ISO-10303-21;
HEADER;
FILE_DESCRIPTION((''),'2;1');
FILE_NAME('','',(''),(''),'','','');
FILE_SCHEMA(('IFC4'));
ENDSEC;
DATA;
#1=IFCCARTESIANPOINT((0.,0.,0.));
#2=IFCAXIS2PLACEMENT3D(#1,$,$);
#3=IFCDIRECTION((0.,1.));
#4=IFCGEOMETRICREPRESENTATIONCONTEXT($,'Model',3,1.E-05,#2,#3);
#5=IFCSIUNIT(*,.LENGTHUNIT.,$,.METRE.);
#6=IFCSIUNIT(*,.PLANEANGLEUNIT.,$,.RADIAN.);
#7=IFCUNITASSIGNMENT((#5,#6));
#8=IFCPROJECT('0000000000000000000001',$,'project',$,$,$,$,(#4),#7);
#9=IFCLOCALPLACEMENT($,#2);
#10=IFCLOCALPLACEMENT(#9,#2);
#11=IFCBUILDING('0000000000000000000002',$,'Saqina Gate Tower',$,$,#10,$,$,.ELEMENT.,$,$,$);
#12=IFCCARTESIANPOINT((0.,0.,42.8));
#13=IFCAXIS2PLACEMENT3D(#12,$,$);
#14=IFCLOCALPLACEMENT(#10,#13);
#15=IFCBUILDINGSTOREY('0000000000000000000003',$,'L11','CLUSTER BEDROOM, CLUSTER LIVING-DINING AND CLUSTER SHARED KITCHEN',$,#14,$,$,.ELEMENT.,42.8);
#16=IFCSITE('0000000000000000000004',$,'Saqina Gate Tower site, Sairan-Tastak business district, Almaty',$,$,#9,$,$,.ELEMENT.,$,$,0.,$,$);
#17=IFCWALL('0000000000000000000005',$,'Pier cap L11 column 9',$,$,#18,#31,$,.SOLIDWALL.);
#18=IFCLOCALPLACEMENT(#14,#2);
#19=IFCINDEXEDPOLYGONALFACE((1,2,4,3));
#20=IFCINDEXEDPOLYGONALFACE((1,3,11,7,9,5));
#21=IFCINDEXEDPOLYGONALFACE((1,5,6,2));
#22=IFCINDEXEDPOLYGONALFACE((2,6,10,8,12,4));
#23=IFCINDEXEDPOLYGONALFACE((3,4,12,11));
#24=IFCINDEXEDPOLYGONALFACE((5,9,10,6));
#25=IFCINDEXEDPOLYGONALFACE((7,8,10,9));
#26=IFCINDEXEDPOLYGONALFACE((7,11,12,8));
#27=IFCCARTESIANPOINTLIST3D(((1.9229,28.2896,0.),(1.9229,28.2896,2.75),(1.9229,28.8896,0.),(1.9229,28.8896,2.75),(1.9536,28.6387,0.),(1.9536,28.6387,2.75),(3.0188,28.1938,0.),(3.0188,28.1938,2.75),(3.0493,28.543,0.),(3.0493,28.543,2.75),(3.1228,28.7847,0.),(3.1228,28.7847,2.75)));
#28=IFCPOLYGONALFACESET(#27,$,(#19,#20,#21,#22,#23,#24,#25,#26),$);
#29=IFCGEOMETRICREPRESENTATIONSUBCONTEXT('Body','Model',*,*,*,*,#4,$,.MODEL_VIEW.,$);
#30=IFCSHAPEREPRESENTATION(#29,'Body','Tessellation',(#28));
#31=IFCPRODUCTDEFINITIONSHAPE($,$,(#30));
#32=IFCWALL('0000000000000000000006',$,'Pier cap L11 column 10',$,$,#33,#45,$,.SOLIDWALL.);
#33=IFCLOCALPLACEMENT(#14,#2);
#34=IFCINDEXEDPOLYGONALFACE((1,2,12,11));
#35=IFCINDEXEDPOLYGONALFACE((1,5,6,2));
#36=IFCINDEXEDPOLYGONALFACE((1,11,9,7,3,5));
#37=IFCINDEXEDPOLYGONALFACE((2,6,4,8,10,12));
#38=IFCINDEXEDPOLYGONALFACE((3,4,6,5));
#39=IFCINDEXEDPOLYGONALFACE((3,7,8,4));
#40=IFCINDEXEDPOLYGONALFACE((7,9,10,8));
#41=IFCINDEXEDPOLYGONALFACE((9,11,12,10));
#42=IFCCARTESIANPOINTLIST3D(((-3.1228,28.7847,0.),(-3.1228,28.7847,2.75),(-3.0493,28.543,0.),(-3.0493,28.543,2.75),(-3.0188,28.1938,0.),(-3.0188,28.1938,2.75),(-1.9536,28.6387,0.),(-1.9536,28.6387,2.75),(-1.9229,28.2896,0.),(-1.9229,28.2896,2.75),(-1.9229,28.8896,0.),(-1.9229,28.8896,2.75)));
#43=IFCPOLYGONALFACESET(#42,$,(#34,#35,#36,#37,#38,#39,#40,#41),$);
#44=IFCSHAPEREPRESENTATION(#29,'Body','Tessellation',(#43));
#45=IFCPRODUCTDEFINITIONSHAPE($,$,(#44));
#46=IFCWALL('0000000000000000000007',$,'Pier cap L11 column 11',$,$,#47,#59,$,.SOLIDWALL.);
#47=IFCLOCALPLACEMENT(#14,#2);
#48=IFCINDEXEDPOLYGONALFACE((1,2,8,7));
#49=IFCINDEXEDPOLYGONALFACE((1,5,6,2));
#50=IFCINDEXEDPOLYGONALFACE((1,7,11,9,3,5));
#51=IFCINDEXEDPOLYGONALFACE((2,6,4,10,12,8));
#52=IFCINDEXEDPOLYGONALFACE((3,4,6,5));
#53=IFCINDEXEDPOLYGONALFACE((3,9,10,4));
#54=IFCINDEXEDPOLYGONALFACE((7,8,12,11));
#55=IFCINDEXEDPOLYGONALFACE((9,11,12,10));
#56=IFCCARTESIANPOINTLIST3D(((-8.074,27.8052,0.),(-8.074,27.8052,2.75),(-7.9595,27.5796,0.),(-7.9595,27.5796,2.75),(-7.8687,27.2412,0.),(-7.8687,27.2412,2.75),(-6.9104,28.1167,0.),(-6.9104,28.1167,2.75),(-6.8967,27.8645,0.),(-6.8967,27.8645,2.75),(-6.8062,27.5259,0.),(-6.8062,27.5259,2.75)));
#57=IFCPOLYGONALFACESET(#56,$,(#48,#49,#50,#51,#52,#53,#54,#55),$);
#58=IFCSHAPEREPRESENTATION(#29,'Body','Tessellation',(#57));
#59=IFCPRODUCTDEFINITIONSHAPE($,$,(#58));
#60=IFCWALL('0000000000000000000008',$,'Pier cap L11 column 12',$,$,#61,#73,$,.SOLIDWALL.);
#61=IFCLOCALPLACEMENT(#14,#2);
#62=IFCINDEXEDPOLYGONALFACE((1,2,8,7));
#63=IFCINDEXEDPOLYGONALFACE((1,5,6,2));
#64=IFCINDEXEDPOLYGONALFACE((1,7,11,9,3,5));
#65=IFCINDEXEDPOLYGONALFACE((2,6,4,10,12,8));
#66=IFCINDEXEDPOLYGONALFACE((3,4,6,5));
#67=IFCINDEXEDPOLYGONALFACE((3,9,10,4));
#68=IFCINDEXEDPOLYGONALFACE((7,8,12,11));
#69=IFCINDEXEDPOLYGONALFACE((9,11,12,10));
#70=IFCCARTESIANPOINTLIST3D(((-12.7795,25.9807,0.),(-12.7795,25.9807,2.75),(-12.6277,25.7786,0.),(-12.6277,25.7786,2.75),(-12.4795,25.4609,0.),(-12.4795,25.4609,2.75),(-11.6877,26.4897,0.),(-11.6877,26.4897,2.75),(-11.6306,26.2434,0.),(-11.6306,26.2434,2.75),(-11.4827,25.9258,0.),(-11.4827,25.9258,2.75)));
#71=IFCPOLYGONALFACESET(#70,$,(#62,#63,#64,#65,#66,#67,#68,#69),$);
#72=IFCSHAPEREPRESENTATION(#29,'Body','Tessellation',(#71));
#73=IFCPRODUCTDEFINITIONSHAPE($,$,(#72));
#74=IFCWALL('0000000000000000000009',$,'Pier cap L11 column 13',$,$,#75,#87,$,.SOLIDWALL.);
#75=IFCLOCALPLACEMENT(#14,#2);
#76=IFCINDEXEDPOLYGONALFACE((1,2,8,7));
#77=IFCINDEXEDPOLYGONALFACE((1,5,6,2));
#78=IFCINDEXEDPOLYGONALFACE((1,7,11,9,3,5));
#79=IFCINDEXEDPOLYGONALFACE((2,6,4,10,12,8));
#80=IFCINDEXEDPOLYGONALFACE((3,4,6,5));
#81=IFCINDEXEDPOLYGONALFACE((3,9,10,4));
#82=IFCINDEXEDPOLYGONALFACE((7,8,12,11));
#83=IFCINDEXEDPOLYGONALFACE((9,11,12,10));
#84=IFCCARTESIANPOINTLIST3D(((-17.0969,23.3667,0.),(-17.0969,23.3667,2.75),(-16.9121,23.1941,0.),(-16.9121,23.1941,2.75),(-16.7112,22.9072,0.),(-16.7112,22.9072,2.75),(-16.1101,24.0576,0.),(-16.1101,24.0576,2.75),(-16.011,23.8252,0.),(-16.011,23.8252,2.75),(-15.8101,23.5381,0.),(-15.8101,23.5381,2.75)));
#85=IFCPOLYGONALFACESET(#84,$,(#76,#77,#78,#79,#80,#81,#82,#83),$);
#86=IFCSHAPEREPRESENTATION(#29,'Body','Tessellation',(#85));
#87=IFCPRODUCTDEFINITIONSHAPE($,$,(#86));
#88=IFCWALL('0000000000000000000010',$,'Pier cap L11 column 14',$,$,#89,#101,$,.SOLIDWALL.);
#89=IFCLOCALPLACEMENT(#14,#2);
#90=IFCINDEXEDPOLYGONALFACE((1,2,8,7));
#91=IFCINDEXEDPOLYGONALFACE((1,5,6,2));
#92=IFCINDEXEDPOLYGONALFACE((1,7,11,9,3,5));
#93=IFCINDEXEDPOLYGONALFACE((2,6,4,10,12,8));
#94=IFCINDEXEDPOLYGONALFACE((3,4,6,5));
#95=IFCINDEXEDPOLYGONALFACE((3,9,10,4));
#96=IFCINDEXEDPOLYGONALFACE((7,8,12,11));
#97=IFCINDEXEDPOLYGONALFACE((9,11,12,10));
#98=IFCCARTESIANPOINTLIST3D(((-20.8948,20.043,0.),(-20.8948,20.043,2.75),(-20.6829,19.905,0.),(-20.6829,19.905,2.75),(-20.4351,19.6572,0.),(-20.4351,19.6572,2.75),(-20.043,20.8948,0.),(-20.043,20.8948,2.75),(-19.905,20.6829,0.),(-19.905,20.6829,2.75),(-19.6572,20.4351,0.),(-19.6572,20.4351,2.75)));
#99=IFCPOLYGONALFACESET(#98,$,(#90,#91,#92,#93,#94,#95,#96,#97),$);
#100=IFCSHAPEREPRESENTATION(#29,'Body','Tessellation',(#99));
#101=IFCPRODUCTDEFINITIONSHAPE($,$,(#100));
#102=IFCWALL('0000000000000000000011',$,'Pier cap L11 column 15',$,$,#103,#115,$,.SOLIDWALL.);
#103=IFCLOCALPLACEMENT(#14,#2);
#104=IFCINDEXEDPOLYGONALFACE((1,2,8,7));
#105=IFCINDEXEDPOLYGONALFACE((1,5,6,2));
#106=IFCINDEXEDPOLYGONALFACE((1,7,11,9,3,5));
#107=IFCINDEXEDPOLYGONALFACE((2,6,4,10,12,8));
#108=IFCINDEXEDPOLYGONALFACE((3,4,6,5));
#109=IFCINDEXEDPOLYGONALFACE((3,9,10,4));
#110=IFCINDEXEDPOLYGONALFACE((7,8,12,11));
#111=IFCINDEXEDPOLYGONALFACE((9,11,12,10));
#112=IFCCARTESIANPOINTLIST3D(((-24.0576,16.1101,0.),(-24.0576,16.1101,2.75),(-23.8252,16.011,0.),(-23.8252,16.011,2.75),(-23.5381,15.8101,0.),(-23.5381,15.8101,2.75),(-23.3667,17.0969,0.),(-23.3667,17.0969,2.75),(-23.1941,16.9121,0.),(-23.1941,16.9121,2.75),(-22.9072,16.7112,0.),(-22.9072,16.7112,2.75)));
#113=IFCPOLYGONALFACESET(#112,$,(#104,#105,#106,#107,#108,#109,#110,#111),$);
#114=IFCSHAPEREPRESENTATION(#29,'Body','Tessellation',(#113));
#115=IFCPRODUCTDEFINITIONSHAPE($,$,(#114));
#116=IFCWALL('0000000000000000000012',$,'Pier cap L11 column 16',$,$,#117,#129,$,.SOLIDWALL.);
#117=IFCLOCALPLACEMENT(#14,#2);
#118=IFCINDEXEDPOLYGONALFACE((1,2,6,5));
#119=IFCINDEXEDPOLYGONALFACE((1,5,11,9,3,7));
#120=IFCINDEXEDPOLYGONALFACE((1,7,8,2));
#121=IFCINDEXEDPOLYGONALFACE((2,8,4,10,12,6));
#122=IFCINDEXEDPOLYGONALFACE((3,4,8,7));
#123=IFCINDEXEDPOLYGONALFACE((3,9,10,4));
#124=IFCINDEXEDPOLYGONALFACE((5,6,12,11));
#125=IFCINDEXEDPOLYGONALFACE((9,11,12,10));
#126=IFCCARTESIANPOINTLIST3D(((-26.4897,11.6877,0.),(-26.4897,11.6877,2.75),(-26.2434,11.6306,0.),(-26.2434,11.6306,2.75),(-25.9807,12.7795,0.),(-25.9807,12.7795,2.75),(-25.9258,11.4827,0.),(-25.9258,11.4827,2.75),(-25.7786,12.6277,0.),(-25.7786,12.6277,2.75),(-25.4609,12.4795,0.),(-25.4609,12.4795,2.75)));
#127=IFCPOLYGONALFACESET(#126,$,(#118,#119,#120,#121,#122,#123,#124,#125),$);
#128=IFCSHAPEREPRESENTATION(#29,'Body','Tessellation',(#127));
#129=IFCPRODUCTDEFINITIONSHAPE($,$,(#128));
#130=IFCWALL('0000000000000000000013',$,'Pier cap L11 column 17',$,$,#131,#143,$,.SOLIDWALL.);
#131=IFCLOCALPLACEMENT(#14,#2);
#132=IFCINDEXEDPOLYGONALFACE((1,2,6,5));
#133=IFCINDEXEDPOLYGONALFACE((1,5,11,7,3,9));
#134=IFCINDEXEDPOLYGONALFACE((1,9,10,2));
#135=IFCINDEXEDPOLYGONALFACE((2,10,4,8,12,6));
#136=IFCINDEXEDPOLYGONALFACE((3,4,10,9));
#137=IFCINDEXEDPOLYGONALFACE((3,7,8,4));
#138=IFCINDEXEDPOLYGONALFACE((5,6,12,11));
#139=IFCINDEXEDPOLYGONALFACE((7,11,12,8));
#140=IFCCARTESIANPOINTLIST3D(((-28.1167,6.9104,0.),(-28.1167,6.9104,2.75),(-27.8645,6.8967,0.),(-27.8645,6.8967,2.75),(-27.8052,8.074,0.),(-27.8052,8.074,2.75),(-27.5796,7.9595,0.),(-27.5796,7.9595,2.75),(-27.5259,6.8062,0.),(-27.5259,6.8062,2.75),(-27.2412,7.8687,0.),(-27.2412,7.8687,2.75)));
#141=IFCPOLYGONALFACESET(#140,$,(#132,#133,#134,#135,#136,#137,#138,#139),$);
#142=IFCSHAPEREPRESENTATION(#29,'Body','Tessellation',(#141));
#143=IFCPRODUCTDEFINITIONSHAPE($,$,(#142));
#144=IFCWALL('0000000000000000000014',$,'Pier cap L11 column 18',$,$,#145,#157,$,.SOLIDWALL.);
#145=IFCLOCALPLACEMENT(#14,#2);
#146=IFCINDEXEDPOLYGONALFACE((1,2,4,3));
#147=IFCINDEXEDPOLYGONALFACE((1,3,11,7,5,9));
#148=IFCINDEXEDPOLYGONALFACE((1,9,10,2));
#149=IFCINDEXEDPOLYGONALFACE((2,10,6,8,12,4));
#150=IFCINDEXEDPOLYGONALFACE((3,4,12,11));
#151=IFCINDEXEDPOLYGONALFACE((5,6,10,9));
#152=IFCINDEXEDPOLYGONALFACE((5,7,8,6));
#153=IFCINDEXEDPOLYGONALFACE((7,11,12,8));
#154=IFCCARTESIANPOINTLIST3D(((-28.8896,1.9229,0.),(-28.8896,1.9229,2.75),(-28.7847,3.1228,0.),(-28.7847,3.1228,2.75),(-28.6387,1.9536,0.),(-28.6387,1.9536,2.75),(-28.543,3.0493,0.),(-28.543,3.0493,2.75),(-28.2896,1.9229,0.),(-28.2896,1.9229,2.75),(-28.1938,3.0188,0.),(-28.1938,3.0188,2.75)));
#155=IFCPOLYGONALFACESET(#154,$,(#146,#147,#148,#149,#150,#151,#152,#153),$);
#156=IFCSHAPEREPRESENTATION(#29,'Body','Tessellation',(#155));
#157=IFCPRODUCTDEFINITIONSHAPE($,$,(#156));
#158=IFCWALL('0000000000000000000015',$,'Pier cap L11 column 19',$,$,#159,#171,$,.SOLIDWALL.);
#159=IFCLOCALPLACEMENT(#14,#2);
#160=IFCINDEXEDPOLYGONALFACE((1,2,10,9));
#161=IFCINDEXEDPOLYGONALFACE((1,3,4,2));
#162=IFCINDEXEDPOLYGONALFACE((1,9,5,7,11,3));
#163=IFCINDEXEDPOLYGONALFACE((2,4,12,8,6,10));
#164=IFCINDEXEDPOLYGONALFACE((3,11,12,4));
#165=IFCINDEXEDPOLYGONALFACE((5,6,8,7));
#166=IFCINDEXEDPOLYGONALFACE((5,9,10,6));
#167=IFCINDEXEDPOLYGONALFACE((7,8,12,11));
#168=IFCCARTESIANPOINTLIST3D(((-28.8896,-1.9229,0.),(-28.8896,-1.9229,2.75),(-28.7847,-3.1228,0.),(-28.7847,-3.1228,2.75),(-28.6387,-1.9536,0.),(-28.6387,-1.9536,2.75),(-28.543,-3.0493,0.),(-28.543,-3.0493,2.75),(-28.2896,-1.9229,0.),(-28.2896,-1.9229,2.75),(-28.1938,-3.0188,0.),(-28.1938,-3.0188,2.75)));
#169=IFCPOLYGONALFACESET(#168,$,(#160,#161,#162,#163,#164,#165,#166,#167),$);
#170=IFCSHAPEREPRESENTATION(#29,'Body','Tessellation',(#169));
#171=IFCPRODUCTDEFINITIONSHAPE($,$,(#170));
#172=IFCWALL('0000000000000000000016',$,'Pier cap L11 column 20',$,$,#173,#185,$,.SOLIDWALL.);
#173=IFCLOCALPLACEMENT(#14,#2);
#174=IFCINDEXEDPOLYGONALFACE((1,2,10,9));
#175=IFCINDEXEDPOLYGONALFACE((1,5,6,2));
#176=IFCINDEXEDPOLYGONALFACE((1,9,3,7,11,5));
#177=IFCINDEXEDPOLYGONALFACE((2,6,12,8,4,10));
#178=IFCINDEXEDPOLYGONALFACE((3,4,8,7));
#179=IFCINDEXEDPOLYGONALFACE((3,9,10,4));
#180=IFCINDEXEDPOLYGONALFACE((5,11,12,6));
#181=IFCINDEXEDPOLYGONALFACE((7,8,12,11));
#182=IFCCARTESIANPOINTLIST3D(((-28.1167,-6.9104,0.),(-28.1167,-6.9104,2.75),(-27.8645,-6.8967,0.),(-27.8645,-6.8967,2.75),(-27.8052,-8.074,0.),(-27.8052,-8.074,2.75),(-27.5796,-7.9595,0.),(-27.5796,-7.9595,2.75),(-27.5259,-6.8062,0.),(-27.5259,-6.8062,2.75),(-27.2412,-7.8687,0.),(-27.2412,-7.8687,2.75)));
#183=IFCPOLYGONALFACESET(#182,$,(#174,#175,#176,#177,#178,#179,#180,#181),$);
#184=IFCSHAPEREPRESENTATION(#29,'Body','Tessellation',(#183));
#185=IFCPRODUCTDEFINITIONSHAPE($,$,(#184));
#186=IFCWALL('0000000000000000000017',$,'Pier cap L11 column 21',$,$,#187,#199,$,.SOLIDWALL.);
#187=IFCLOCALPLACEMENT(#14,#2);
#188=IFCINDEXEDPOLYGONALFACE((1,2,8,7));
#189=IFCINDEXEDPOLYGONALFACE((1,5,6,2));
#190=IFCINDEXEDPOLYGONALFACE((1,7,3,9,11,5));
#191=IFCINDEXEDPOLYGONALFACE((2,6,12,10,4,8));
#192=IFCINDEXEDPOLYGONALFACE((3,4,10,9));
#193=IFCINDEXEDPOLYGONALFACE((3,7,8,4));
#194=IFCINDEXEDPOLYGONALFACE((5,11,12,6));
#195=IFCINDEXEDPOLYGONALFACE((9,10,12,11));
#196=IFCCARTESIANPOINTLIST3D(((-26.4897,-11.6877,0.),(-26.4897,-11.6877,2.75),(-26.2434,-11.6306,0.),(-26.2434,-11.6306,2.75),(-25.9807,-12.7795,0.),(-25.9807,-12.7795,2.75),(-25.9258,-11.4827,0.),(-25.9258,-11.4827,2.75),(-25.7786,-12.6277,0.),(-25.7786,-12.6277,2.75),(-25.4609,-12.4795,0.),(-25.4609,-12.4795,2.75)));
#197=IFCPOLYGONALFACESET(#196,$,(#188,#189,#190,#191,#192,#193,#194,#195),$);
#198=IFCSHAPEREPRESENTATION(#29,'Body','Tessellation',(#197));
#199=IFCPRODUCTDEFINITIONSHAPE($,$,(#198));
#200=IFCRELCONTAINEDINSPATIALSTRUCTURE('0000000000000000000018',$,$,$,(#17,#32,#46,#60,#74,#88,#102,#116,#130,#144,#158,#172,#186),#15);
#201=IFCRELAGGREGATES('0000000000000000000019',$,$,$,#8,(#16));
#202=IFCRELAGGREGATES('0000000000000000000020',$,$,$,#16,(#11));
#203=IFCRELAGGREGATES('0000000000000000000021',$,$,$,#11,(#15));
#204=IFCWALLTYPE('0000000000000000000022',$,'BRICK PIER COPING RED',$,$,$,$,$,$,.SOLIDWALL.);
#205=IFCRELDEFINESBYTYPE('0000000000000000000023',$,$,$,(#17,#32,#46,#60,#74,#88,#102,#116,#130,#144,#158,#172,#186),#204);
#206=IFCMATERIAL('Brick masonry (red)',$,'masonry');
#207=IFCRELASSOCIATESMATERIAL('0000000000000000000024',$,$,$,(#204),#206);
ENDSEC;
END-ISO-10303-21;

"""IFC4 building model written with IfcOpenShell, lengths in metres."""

from ifc_helpers import new_model, si_unit, direction, frame, origin, place, context, subcontext, project, spatial, polyline, outline, extrude, material, type_object, element, save


model = new_model("IFC4")

# Units and contexts
model_context = context("Model", 3, precision=1e-05, world=origin(), true_north=direction((0.0, 1.0)))
body_context = subcontext(model_context, "Body", "Model", "MODEL_VIEW")
ifc_project = project(units=[si_unit("LENGTHUNIT", "METRE"), si_unit("PLANEANGLEUNIT", "RADIAN")], contexts=[model_context])

# Site, building, storey
site_placement = place(None, origin())
site = spatial("IfcSite", under=ifc_project, at=site_placement, Name="Saqina Gate Tower site, Sairan-Tastak business district, Almaty", CompositionType="ELEMENT", RefElevation=0.0)
building_placement = place(site_placement, origin())
building = spatial("IfcBuilding", under=site, at=building_placement, Name="Saqina Gate Tower", CompositionType="ELEMENT")
storey_placement = place(building_placement, frame((0.0, 0.0, 42.8)))
storey = spatial("IfcBuildingStorey", under=building, at=storey_placement, Name="L11", Description="CLUSTER BEDROOM, CLUSTER LIVING-DINING AND CLUSTER SHARED KITCHEN", CompositionType="ELEMENT", Elevation=42.8)

# Walls
ifc_material = material(Name="Brick masonry (red)", Category="masonry")
wall_type = type_object("IfcWallType", Name="BRICK PIER COPING RED", PredefinedType="SOLIDWALL", material=ifc_material)
wall_1_placement = place(storey_placement, origin())
element("IfcWall", 1, at=wall_1_placement, inside=storey, type_object=wall_type, Name="Pier cap L11 column 9", PredefinedType="SOLIDWALL", context=body_context, shape_type="SweptSolid", body=[
    extrude(outline(polyline([(3.1228, 28.7847), (1.9229, 28.8896), (1.9229, 28.2896), (1.9536, 28.6387), (3.0493, 28.543), (3.0188, 28.1938), (3.1228, 28.7847)])), origin(), (0.0, 0.0, 1.0), 2.75),
])
wall_2_placement = place(storey_placement, origin())
element("IfcWall", 2, at=wall_2_placement, inside=storey, type_object=wall_type, Name="Pier cap L11 column 10", PredefinedType="SOLIDWALL", context=body_context, shape_type="SweptSolid", body=[
    extrude(outline(polyline([(-1.9229, 28.8896), (-3.1228, 28.7847), (-3.0188, 28.1938), (-3.0493, 28.543), (-1.9536, 28.6387), (-1.9229, 28.2896), (-1.9229, 28.8896)])), origin(), (0.0, 0.0, 1.0), 2.75),
])
wall_3_placement = place(storey_placement, origin())
element("IfcWall", 3, at=wall_3_placement, inside=storey, type_object=wall_type, Name="Pier cap L11 column 11", PredefinedType="SOLIDWALL", context=body_context, shape_type="SweptSolid", body=[
    extrude(outline(polyline([(-6.9104, 28.1167), (-8.074, 27.8052), (-7.8687, 27.2412), (-7.9595, 27.5796), (-6.8967, 27.8645), (-6.8062, 27.5259), (-6.9104, 28.1167)])), origin(), (0.0, 0.0, 1.0), 2.75),
])
wall_4_placement = place(storey_placement, origin())
element("IfcWall", 4, at=wall_4_placement, inside=storey, type_object=wall_type, Name="Pier cap L11 column 12", PredefinedType="SOLIDWALL", context=body_context, shape_type="SweptSolid", body=[
    extrude(outline(polyline([(-12.7795, 25.9807), (-12.4795, 25.4609), (-12.6277, 25.7786), (-11.6306, 26.2434), (-11.4827, 25.9258), (-11.6877, 26.4897), (-12.7795, 25.9807)])), origin(), (0.0, 0.0, 1.0), 2.75),
])
wall_5_placement = place(storey_placement, origin())
element("IfcWall", 5, at=wall_5_placement, inside=storey, type_object=wall_type, Name="Pier cap L11 column 13", PredefinedType="SOLIDWALL", context=body_context, shape_type="SweptSolid", body=[
    extrude(outline(polyline([(-16.1101, 24.0576), (-17.0969, 23.3667), (-16.7112, 22.9072), (-16.9121, 23.1941), (-16.011, 23.8252), (-15.8101, 23.5381), (-16.1101, 24.0576)])), origin(), (0.0, 0.0, 1.0), 2.75),
])
wall_6_placement = place(storey_placement, origin())
element("IfcWall", 6, at=wall_6_placement, inside=storey, type_object=wall_type, Name="Pier cap L11 column 14", PredefinedType="SOLIDWALL", context=body_context, shape_type="SweptSolid", body=[
    extrude(outline(polyline([(-20.8948, 20.043), (-20.4351, 19.6572), (-20.6829, 19.905), (-19.905, 20.6829), (-19.6572, 20.4351), (-20.043, 20.8948), (-20.8948, 20.043)])), origin(), (0.0, 0.0, 1.0), 2.75),
])
wall_7_placement = place(storey_placement, origin())
element("IfcWall", 7, at=wall_7_placement, inside=storey, type_object=wall_type, Name="Pier cap L11 column 15", PredefinedType="SOLIDWALL", context=body_context, shape_type="SweptSolid", body=[
    extrude(outline(polyline([(-23.3667, 17.0969), (-24.0576, 16.1101), (-23.5381, 15.8101), (-23.8252, 16.011), (-23.1941, 16.9121), (-22.9072, 16.7112), (-23.3667, 17.0969)])), origin(), (0.0, 0.0, 1.0), 2.75),
])
wall_8_placement = place(storey_placement, origin())
element("IfcWall", 8, at=wall_8_placement, inside=storey, type_object=wall_type, Name="Pier cap L11 column 16", PredefinedType="SOLIDWALL", context=body_context, shape_type="SweptSolid", body=[
    extrude(outline(polyline([(-26.4897, 11.6877), (-25.9258, 11.4827), (-26.2434, 11.6306), (-25.7786, 12.6277), (-25.4609, 12.4795), (-25.9807, 12.7795), (-26.4897, 11.6877)])), origin(), (0.0, 0.0, 1.0), 2.75),
])
wall_9_placement = place(storey_placement, origin())
element("IfcWall", 9, at=wall_9_placement, inside=storey, type_object=wall_type, Name="Pier cap L11 column 17", PredefinedType="SOLIDWALL", context=body_context, shape_type="SweptSolid", body=[
    extrude(outline(polyline([(-28.1167, 6.9104), (-27.5259, 6.8062), (-27.8645, 6.8967), (-27.5796, 7.9595), (-27.2412, 7.8687), (-27.8052, 8.074), (-28.1167, 6.9104)])), origin(), (0.0, 0.0, 1.0), 2.75),
])
wall_10_placement = place(storey_placement, origin())
element("IfcWall", 10, at=wall_10_placement, inside=storey, type_object=wall_type, Name="Pier cap L11 column 18", PredefinedType="SOLIDWALL", context=body_context, shape_type="SweptSolid", body=[
    extrude(outline(polyline([(-28.7847, 3.1228), (-28.8896, 1.9229), (-28.2896, 1.9229), (-28.6387, 1.9536), (-28.543, 3.0493), (-28.1938, 3.0188), (-28.7847, 3.1228)])), origin(), (0.0, 0.0, 1.0), 2.75),
])
wall_11_placement = place(storey_placement, origin())
element("IfcWall", 11, at=wall_11_placement, inside=storey, type_object=wall_type, Name="Pier cap L11 column 19", PredefinedType="SOLIDWALL", context=body_context, shape_type="SweptSolid", body=[
    extrude(outline(polyline([(-28.8896, -1.9229), (-28.7847, -3.1228), (-28.1938, -3.0188), (-28.543, -3.0493), (-28.6387, -1.9536), (-28.2896, -1.9229), (-28.8896, -1.9229)])), origin(), (0.0, 0.0, 1.0), 2.75),
])
wall_12_placement = place(storey_placement, origin())
element("IfcWall", 12, at=wall_12_placement, inside=storey, type_object=wall_type, Name="Pier cap L11 column 20", PredefinedType="SOLIDWALL", context=body_context, shape_type="SweptSolid", body=[
    extrude(outline(polyline([(-28.1167, -6.9104), (-27.8052, -8.074), (-27.2412, -7.8687), (-27.5796, -7.9595), (-27.8645, -6.8967), (-27.5259, -6.8062), (-28.1167, -6.9104)])), origin(), (0.0, 0.0, 1.0), 2.75),
])
wall_13_placement = place(storey_placement, origin())
element("IfcWall", 13, at=wall_13_placement, inside=storey, type_object=wall_type, Name="Pier cap L11 column 21", PredefinedType="SOLIDWALL", context=body_context, shape_type="SweptSolid", body=[
    extrude(outline(polyline([(-25.9807, -12.7795), (-25.4609, -12.4795), (-25.7786, -12.6277), (-26.2434, -11.6306), (-25.9258, -11.4827), (-26.4897, -11.6877), (-25.9807, -12.7795)])), origin(), (0.0, 0.0, 1.0), 2.75),
])

save(model, "model.ifc")
